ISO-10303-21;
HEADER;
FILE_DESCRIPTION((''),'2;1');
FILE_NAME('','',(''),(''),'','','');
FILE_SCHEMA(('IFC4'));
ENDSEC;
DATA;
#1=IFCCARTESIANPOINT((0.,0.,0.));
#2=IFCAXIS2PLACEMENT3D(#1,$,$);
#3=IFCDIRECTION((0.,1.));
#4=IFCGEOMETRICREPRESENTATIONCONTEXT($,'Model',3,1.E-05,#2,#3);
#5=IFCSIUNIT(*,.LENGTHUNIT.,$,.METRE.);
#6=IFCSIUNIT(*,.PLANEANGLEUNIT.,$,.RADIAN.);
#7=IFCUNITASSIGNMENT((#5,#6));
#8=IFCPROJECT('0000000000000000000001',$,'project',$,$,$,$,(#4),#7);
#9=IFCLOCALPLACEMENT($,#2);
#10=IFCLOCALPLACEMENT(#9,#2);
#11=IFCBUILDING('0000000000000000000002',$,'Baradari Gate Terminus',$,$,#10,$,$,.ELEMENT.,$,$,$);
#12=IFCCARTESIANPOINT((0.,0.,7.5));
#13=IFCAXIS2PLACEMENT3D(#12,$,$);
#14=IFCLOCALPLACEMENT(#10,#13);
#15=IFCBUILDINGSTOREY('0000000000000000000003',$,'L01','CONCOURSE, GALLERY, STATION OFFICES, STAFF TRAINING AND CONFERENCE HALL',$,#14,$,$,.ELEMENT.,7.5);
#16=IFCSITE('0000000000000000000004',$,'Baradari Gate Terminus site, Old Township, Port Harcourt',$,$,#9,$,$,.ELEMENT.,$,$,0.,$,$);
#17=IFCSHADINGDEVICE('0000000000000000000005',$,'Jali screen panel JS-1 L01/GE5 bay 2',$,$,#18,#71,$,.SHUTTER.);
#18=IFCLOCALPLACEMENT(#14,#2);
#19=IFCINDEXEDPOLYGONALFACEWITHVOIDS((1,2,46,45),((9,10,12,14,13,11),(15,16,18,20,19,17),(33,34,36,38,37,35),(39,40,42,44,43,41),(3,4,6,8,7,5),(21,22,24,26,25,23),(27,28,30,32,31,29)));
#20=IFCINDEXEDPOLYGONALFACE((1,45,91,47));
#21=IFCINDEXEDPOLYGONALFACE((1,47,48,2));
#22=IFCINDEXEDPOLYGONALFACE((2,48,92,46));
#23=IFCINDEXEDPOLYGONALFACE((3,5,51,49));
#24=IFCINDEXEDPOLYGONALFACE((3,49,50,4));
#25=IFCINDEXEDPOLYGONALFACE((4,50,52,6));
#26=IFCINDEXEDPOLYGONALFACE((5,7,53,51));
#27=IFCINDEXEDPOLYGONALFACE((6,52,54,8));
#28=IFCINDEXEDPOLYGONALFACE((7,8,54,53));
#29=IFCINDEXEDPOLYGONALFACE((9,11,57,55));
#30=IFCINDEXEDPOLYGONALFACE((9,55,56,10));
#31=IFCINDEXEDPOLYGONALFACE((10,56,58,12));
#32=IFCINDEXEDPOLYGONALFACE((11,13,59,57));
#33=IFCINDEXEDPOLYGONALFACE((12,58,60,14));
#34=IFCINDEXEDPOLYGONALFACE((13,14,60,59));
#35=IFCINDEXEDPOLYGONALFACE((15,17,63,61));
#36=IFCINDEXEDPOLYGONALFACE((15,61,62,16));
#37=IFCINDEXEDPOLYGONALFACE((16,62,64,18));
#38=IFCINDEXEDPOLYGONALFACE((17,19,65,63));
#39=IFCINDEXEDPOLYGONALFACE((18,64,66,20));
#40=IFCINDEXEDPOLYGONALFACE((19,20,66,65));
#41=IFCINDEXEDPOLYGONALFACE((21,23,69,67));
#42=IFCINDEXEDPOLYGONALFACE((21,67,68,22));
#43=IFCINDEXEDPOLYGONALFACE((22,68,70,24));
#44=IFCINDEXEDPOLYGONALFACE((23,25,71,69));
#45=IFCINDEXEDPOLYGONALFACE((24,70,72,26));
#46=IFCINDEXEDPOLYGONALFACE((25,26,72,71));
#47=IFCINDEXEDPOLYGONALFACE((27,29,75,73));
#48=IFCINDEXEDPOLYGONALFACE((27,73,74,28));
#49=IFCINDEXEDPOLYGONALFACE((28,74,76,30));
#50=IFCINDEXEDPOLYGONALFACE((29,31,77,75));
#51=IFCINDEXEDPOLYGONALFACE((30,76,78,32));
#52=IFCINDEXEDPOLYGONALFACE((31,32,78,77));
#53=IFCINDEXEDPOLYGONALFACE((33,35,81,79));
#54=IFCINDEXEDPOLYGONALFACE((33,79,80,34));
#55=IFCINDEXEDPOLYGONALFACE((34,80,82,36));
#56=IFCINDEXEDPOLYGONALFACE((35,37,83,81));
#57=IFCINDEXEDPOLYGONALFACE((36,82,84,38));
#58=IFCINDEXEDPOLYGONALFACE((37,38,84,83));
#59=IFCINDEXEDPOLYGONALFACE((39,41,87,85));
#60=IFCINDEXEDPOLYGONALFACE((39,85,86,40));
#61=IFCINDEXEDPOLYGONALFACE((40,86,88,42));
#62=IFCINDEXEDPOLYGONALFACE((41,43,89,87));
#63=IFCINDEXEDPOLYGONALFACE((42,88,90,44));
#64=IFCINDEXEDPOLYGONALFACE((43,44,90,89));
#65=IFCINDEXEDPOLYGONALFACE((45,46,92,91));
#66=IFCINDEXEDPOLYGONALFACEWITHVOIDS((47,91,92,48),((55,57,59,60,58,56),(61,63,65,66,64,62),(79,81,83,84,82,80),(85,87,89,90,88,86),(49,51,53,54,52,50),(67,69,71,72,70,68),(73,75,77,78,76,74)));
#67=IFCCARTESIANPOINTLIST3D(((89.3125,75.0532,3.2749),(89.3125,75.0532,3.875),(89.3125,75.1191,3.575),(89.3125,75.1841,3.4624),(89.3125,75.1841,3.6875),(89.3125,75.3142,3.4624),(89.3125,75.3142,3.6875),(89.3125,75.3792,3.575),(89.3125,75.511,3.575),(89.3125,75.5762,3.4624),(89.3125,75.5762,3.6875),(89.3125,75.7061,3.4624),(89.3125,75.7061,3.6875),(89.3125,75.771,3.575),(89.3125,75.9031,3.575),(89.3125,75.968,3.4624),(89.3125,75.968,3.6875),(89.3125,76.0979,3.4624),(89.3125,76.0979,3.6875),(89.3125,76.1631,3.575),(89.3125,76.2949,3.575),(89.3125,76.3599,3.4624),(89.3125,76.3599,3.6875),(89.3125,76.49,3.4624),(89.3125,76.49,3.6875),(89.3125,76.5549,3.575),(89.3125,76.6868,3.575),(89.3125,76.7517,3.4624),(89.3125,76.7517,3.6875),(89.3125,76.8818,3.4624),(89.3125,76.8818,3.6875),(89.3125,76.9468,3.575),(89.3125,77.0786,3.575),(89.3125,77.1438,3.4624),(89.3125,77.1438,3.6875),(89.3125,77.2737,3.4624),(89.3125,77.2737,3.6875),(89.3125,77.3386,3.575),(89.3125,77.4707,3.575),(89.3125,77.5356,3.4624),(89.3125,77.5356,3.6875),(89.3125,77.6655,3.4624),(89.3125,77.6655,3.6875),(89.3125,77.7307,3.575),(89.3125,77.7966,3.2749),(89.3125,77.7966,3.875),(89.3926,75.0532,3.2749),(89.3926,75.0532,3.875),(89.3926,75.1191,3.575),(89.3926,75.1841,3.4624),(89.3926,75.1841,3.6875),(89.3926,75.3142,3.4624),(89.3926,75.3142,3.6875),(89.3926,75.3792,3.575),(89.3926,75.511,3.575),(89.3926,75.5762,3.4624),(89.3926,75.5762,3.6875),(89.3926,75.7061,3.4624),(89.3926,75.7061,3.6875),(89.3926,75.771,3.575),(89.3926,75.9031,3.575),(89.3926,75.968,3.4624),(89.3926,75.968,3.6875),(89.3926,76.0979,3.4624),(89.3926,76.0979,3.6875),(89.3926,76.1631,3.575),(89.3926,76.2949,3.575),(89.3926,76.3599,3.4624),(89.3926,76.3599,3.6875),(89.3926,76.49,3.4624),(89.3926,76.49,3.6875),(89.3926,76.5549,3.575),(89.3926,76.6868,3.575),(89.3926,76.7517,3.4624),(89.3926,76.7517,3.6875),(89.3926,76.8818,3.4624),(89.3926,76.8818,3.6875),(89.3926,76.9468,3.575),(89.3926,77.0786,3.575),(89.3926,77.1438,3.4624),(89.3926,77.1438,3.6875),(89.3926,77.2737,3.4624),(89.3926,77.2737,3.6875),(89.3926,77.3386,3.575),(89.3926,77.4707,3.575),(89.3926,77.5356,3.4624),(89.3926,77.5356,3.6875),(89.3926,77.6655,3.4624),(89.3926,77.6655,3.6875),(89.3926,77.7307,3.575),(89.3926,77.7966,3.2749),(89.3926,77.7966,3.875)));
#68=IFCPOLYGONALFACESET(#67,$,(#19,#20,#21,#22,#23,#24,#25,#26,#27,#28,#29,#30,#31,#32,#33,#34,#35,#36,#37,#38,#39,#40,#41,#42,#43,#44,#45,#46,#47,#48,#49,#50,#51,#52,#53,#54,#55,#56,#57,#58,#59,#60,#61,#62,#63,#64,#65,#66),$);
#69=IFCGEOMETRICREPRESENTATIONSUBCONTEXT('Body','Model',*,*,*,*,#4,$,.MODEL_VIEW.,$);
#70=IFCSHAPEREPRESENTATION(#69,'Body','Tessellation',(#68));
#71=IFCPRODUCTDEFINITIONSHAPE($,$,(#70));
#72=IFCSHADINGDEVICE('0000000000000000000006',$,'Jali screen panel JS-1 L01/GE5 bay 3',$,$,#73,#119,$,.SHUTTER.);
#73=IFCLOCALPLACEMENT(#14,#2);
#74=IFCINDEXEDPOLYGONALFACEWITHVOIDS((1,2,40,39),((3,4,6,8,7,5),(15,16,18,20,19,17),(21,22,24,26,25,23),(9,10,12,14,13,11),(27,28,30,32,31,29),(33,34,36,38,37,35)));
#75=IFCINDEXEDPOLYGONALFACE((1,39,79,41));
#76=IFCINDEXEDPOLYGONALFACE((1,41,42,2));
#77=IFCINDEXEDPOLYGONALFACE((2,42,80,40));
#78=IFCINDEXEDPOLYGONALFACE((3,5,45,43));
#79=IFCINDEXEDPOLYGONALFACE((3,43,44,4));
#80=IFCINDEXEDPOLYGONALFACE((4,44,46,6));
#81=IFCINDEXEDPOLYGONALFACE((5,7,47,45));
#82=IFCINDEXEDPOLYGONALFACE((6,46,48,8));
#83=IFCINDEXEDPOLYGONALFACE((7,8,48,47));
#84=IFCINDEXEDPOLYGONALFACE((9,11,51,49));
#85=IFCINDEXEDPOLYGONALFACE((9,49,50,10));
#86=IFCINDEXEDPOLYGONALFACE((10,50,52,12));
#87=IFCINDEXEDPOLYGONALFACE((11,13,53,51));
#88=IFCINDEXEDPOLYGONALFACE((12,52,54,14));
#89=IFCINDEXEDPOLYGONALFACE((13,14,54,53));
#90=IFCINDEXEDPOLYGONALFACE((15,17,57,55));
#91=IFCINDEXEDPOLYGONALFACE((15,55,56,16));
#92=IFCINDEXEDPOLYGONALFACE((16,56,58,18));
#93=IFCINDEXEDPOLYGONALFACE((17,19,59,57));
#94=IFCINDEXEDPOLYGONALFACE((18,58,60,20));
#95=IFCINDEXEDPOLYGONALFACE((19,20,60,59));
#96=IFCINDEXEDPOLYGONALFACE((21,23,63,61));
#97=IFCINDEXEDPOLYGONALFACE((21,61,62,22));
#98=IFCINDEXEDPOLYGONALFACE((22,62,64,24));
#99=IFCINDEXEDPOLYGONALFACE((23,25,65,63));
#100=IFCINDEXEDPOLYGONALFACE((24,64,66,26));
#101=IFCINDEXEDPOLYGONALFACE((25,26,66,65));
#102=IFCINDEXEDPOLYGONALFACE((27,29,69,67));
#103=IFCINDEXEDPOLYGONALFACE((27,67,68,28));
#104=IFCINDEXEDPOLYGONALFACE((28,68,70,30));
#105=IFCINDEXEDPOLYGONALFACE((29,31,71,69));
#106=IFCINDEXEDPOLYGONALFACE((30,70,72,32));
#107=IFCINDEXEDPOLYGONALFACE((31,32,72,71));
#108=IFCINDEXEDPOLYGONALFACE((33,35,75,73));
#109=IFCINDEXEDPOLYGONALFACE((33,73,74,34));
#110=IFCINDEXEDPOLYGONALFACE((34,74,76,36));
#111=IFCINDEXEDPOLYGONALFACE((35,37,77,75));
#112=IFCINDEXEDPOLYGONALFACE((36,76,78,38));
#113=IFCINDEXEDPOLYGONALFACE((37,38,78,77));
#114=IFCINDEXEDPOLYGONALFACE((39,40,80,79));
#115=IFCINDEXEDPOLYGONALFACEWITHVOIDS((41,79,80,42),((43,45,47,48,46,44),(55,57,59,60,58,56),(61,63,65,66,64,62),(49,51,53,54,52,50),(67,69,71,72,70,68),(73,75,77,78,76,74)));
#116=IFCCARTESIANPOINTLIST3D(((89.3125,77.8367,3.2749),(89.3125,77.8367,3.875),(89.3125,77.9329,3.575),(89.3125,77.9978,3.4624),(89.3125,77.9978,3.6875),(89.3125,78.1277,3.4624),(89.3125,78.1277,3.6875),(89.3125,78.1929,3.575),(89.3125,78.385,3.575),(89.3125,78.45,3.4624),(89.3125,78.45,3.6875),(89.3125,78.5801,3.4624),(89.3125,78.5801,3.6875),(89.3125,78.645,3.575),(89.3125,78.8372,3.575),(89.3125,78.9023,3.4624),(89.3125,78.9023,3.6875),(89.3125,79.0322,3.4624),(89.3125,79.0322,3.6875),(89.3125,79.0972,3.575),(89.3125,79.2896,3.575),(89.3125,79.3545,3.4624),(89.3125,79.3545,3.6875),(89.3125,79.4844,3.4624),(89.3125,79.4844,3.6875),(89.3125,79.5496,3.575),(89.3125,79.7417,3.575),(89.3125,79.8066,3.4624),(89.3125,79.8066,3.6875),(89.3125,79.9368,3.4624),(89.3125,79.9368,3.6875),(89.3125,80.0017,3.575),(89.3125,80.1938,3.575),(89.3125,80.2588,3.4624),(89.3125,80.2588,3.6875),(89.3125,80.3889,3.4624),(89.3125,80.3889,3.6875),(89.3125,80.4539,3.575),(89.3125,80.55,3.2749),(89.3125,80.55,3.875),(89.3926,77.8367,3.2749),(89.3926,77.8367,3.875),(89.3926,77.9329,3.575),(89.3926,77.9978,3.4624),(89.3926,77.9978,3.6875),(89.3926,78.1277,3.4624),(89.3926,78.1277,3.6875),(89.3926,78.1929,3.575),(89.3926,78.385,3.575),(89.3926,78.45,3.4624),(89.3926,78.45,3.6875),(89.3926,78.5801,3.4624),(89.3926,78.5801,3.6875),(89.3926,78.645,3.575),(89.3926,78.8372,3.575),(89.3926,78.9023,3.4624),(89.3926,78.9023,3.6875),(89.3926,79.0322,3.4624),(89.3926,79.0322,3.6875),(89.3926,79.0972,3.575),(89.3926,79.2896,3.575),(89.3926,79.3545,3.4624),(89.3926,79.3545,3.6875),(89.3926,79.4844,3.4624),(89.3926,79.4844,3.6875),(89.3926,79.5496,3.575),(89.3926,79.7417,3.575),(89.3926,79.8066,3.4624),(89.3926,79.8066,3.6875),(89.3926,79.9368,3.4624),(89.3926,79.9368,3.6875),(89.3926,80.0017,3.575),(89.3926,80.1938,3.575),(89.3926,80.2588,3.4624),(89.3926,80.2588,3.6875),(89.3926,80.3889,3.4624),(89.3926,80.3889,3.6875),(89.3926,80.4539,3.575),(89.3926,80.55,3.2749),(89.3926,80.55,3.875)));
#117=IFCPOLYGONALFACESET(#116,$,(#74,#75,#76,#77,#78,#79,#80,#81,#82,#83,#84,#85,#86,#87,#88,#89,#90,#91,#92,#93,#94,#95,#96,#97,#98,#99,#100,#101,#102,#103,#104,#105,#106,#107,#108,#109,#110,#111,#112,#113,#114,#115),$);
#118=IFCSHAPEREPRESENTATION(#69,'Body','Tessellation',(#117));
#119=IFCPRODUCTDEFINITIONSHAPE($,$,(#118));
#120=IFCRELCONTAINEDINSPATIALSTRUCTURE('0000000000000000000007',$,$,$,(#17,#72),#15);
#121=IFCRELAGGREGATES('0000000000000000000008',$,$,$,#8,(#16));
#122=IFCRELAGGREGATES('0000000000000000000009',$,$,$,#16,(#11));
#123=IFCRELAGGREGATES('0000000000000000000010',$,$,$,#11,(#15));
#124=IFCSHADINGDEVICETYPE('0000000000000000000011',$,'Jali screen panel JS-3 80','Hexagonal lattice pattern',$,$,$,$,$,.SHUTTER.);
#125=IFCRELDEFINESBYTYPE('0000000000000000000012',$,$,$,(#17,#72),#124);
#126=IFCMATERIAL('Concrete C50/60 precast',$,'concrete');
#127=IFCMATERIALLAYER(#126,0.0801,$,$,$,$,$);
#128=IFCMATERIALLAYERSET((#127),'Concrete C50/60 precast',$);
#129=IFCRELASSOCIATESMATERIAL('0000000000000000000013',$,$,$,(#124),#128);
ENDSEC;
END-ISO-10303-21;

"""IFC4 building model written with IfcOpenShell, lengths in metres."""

from ifc_helpers import new_model, si_unit, direction, frame, origin, place, context, subcontext, project, spatial, polyline, outline, extrude, material, layer, layer_set, type_object, element, save


model = new_model("IFC4")

# Units and contexts
model_context = context("Model", 3, precision=1e-05, world=origin(), true_north=direction((0.0, 1.0)))
body_context = subcontext(model_context, "Body", "Model", "MODEL_VIEW")
ifc_project = project(units=[si_unit("LENGTHUNIT", "METRE"), si_unit("PLANEANGLEUNIT", "RADIAN")], contexts=[model_context])

# Site, building, storey
site_placement = place(None, origin())
site = spatial("IfcSite", under=ifc_project, at=site_placement, Name="Baradari Gate Terminus site, Old Township, Port Harcourt", CompositionType="ELEMENT", RefElevation=0.0)
building_placement = place(site_placement, origin())
building = spatial("IfcBuilding", under=site, at=building_placement, Name="Baradari Gate Terminus", CompositionType="ELEMENT")
storey_placement = place(building_placement, frame((0.0, 0.0, 7.5)))
storey = spatial("IfcBuildingStorey", under=building, at=storey_placement, Name="L01", Description="CONCOURSE, GALLERY, STATION OFFICES, STAFF TRAINING AND CONFERENCE HALL", CompositionType="ELEMENT", Elevation=7.5)

# Shading devices
ifc_material_1 = material(Name="Concrete C50/60 precast", Category="concrete")
ifc_layer_1 = layer(ifc_material_1, 0.0801)
ifc_layer_set_1 = layer_set([ifc_layer_1], Name="Concrete C50/60 precast")
shading_device_type = type_object("IfcShadingDeviceType", Name="Jali screen panel JS-3 80", Description="Hexagonal lattice pattern", PredefinedType="SHUTTER", material=ifc_layer_set_1)
shading_device_1_placement = place(storey_placement, frame((89.3525, 75.0532, 3.2749), z_axis=(0.0, 0.0, 1.0), x_axis=(0.0, 1.0, 0.0)))
element("IfcShadingDevice", 1, at=shading_device_1_placement, inside=storey, type_object=shading_device_type, Name="Jali screen panel JS-1 L01/GE5 bay 2", PredefinedType="SHUTTER", context=body_context, shape_type="SweptSolid", body=[
    extrude(outline(polyline([(0.0, 0.0), (2.7434, 0.0), (2.7434, 0.6001), (0.0, 0.6001), (0.0, 0.0)]), holes=[polyline([(0.3259, 0.3), (0.261, 0.1875), (0.1309, 0.1875), (0.0659, 0.3), (0.1309, 0.4126), (0.261, 0.4126), (0.3259, 0.3)]), polyline([(0.7178, 0.3), (0.6528, 0.1875), (0.5229, 0.1875), (0.4578, 0.3), (0.5229, 0.4126), (0.6528, 0.4126), (0.7178, 0.3)]), polyline([(1.1099, 0.3), (1.0447, 0.1875), (0.9148, 0.1875), (0.8499, 0.3), (0.9148, 0.4126), (1.0447, 0.4126), (1.1099, 0.3)]), polyline([(1.5017, 0.3), (1.4368, 0.1875), (1.3066, 0.1875), (1.2417, 0.3), (1.3066, 0.4126), (1.4368, 0.4126), (1.5017, 0.3)]), polyline([(1.8936, 0.3), (1.8286, 0.1875), (1.6985, 0.1875), (1.6335, 0.3), (1.6985, 0.4126), (1.8286, 0.4126), (1.8936, 0.3)]), polyline([(2.2854, 0.3), (2.2205, 0.1875), (2.0906, 0.1875), (2.0254, 0.3), (2.0906, 0.4126), (2.2205, 0.4126), (2.2854, 0.3)]), polyline([(2.6775, 0.3), (2.6123, 0.1875), (2.4824, 0.1875), (2.4175, 0.3), (2.4824, 0.4126), (2.6123, 0.4126), (2.6775, 0.3)])]), frame((0.0, 0.04, 0.0), z_axis=(0.0, -1.0, 0.0), x_axis=(1.0, 0.0, 0.0)), (0.0, 0.0, 1.0), 0.0801),
])
shading_device_2_placement = place(storey_placement, frame((89.3525, 77.8367, 3.2749), z_axis=(0.0, 0.0, 1.0), x_axis=(0.0, 1.0, 0.0)))
element("IfcShadingDevice", 2, at=shading_device_2_placement, inside=storey, type_object=shading_device_type, Name="Jali screen panel JS-1 L01/GE5 bay 3", PredefinedType="SHUTTER", context=body_context, shape_type="SweptSolid", body=[
    extrude(outline(polyline([(0.0, 0.0), (2.7134, 0.0), (2.7134, 0.6001), (0.0, 0.6001), (0.0, 0.0)]), holes=[polyline([(0.3562, 0.3), (0.291, 0.1875), (0.1611, 0.1875), (0.0962, 0.3), (0.1611, 0.4126), (0.291, 0.4126), (0.3562, 0.3)]), polyline([(0.8083, 0.3), (0.7434, 0.1875), (0.6133, 0.1875), (0.5483, 0.3), (0.6133, 0.4126), (0.7434, 0.4126), (0.8083, 0.3)]), polyline([(1.2605, 0.3), (1.1956, 0.1875), (1.0657, 0.1875), (1.0005, 0.3), (1.0657, 0.4126), (1.1956, 0.4126), (1.2605, 0.3)]), polyline([(1.7129, 0.3), (1.6477, 0.1875), (1.5178, 0.1875), (1.4529, 0.3), (1.5178, 0.4126), (1.6477, 0.4126), (1.7129, 0.3)]), polyline([(2.165, 0.3), (2.1001, 0.1875), (1.97, 0.1875), (1.905, 0.3), (1.97, 0.4126), (2.1001, 0.4126), (2.165, 0.3)]), polyline([(2.6172, 0.3), (2.5522, 0.1875), (2.4221, 0.1875), (2.3572, 0.3), (2.4221, 0.4126), (2.5522, 0.4126), (2.6172, 0.3)])]), frame((0.0, 0.04, 0.0), z_axis=(0.0, -1.0, 0.0), x_axis=(1.0, 0.0, 0.0)), (0.0, 0.0, 1.0), 0.0801),
])

save(model, "model.ifc")
